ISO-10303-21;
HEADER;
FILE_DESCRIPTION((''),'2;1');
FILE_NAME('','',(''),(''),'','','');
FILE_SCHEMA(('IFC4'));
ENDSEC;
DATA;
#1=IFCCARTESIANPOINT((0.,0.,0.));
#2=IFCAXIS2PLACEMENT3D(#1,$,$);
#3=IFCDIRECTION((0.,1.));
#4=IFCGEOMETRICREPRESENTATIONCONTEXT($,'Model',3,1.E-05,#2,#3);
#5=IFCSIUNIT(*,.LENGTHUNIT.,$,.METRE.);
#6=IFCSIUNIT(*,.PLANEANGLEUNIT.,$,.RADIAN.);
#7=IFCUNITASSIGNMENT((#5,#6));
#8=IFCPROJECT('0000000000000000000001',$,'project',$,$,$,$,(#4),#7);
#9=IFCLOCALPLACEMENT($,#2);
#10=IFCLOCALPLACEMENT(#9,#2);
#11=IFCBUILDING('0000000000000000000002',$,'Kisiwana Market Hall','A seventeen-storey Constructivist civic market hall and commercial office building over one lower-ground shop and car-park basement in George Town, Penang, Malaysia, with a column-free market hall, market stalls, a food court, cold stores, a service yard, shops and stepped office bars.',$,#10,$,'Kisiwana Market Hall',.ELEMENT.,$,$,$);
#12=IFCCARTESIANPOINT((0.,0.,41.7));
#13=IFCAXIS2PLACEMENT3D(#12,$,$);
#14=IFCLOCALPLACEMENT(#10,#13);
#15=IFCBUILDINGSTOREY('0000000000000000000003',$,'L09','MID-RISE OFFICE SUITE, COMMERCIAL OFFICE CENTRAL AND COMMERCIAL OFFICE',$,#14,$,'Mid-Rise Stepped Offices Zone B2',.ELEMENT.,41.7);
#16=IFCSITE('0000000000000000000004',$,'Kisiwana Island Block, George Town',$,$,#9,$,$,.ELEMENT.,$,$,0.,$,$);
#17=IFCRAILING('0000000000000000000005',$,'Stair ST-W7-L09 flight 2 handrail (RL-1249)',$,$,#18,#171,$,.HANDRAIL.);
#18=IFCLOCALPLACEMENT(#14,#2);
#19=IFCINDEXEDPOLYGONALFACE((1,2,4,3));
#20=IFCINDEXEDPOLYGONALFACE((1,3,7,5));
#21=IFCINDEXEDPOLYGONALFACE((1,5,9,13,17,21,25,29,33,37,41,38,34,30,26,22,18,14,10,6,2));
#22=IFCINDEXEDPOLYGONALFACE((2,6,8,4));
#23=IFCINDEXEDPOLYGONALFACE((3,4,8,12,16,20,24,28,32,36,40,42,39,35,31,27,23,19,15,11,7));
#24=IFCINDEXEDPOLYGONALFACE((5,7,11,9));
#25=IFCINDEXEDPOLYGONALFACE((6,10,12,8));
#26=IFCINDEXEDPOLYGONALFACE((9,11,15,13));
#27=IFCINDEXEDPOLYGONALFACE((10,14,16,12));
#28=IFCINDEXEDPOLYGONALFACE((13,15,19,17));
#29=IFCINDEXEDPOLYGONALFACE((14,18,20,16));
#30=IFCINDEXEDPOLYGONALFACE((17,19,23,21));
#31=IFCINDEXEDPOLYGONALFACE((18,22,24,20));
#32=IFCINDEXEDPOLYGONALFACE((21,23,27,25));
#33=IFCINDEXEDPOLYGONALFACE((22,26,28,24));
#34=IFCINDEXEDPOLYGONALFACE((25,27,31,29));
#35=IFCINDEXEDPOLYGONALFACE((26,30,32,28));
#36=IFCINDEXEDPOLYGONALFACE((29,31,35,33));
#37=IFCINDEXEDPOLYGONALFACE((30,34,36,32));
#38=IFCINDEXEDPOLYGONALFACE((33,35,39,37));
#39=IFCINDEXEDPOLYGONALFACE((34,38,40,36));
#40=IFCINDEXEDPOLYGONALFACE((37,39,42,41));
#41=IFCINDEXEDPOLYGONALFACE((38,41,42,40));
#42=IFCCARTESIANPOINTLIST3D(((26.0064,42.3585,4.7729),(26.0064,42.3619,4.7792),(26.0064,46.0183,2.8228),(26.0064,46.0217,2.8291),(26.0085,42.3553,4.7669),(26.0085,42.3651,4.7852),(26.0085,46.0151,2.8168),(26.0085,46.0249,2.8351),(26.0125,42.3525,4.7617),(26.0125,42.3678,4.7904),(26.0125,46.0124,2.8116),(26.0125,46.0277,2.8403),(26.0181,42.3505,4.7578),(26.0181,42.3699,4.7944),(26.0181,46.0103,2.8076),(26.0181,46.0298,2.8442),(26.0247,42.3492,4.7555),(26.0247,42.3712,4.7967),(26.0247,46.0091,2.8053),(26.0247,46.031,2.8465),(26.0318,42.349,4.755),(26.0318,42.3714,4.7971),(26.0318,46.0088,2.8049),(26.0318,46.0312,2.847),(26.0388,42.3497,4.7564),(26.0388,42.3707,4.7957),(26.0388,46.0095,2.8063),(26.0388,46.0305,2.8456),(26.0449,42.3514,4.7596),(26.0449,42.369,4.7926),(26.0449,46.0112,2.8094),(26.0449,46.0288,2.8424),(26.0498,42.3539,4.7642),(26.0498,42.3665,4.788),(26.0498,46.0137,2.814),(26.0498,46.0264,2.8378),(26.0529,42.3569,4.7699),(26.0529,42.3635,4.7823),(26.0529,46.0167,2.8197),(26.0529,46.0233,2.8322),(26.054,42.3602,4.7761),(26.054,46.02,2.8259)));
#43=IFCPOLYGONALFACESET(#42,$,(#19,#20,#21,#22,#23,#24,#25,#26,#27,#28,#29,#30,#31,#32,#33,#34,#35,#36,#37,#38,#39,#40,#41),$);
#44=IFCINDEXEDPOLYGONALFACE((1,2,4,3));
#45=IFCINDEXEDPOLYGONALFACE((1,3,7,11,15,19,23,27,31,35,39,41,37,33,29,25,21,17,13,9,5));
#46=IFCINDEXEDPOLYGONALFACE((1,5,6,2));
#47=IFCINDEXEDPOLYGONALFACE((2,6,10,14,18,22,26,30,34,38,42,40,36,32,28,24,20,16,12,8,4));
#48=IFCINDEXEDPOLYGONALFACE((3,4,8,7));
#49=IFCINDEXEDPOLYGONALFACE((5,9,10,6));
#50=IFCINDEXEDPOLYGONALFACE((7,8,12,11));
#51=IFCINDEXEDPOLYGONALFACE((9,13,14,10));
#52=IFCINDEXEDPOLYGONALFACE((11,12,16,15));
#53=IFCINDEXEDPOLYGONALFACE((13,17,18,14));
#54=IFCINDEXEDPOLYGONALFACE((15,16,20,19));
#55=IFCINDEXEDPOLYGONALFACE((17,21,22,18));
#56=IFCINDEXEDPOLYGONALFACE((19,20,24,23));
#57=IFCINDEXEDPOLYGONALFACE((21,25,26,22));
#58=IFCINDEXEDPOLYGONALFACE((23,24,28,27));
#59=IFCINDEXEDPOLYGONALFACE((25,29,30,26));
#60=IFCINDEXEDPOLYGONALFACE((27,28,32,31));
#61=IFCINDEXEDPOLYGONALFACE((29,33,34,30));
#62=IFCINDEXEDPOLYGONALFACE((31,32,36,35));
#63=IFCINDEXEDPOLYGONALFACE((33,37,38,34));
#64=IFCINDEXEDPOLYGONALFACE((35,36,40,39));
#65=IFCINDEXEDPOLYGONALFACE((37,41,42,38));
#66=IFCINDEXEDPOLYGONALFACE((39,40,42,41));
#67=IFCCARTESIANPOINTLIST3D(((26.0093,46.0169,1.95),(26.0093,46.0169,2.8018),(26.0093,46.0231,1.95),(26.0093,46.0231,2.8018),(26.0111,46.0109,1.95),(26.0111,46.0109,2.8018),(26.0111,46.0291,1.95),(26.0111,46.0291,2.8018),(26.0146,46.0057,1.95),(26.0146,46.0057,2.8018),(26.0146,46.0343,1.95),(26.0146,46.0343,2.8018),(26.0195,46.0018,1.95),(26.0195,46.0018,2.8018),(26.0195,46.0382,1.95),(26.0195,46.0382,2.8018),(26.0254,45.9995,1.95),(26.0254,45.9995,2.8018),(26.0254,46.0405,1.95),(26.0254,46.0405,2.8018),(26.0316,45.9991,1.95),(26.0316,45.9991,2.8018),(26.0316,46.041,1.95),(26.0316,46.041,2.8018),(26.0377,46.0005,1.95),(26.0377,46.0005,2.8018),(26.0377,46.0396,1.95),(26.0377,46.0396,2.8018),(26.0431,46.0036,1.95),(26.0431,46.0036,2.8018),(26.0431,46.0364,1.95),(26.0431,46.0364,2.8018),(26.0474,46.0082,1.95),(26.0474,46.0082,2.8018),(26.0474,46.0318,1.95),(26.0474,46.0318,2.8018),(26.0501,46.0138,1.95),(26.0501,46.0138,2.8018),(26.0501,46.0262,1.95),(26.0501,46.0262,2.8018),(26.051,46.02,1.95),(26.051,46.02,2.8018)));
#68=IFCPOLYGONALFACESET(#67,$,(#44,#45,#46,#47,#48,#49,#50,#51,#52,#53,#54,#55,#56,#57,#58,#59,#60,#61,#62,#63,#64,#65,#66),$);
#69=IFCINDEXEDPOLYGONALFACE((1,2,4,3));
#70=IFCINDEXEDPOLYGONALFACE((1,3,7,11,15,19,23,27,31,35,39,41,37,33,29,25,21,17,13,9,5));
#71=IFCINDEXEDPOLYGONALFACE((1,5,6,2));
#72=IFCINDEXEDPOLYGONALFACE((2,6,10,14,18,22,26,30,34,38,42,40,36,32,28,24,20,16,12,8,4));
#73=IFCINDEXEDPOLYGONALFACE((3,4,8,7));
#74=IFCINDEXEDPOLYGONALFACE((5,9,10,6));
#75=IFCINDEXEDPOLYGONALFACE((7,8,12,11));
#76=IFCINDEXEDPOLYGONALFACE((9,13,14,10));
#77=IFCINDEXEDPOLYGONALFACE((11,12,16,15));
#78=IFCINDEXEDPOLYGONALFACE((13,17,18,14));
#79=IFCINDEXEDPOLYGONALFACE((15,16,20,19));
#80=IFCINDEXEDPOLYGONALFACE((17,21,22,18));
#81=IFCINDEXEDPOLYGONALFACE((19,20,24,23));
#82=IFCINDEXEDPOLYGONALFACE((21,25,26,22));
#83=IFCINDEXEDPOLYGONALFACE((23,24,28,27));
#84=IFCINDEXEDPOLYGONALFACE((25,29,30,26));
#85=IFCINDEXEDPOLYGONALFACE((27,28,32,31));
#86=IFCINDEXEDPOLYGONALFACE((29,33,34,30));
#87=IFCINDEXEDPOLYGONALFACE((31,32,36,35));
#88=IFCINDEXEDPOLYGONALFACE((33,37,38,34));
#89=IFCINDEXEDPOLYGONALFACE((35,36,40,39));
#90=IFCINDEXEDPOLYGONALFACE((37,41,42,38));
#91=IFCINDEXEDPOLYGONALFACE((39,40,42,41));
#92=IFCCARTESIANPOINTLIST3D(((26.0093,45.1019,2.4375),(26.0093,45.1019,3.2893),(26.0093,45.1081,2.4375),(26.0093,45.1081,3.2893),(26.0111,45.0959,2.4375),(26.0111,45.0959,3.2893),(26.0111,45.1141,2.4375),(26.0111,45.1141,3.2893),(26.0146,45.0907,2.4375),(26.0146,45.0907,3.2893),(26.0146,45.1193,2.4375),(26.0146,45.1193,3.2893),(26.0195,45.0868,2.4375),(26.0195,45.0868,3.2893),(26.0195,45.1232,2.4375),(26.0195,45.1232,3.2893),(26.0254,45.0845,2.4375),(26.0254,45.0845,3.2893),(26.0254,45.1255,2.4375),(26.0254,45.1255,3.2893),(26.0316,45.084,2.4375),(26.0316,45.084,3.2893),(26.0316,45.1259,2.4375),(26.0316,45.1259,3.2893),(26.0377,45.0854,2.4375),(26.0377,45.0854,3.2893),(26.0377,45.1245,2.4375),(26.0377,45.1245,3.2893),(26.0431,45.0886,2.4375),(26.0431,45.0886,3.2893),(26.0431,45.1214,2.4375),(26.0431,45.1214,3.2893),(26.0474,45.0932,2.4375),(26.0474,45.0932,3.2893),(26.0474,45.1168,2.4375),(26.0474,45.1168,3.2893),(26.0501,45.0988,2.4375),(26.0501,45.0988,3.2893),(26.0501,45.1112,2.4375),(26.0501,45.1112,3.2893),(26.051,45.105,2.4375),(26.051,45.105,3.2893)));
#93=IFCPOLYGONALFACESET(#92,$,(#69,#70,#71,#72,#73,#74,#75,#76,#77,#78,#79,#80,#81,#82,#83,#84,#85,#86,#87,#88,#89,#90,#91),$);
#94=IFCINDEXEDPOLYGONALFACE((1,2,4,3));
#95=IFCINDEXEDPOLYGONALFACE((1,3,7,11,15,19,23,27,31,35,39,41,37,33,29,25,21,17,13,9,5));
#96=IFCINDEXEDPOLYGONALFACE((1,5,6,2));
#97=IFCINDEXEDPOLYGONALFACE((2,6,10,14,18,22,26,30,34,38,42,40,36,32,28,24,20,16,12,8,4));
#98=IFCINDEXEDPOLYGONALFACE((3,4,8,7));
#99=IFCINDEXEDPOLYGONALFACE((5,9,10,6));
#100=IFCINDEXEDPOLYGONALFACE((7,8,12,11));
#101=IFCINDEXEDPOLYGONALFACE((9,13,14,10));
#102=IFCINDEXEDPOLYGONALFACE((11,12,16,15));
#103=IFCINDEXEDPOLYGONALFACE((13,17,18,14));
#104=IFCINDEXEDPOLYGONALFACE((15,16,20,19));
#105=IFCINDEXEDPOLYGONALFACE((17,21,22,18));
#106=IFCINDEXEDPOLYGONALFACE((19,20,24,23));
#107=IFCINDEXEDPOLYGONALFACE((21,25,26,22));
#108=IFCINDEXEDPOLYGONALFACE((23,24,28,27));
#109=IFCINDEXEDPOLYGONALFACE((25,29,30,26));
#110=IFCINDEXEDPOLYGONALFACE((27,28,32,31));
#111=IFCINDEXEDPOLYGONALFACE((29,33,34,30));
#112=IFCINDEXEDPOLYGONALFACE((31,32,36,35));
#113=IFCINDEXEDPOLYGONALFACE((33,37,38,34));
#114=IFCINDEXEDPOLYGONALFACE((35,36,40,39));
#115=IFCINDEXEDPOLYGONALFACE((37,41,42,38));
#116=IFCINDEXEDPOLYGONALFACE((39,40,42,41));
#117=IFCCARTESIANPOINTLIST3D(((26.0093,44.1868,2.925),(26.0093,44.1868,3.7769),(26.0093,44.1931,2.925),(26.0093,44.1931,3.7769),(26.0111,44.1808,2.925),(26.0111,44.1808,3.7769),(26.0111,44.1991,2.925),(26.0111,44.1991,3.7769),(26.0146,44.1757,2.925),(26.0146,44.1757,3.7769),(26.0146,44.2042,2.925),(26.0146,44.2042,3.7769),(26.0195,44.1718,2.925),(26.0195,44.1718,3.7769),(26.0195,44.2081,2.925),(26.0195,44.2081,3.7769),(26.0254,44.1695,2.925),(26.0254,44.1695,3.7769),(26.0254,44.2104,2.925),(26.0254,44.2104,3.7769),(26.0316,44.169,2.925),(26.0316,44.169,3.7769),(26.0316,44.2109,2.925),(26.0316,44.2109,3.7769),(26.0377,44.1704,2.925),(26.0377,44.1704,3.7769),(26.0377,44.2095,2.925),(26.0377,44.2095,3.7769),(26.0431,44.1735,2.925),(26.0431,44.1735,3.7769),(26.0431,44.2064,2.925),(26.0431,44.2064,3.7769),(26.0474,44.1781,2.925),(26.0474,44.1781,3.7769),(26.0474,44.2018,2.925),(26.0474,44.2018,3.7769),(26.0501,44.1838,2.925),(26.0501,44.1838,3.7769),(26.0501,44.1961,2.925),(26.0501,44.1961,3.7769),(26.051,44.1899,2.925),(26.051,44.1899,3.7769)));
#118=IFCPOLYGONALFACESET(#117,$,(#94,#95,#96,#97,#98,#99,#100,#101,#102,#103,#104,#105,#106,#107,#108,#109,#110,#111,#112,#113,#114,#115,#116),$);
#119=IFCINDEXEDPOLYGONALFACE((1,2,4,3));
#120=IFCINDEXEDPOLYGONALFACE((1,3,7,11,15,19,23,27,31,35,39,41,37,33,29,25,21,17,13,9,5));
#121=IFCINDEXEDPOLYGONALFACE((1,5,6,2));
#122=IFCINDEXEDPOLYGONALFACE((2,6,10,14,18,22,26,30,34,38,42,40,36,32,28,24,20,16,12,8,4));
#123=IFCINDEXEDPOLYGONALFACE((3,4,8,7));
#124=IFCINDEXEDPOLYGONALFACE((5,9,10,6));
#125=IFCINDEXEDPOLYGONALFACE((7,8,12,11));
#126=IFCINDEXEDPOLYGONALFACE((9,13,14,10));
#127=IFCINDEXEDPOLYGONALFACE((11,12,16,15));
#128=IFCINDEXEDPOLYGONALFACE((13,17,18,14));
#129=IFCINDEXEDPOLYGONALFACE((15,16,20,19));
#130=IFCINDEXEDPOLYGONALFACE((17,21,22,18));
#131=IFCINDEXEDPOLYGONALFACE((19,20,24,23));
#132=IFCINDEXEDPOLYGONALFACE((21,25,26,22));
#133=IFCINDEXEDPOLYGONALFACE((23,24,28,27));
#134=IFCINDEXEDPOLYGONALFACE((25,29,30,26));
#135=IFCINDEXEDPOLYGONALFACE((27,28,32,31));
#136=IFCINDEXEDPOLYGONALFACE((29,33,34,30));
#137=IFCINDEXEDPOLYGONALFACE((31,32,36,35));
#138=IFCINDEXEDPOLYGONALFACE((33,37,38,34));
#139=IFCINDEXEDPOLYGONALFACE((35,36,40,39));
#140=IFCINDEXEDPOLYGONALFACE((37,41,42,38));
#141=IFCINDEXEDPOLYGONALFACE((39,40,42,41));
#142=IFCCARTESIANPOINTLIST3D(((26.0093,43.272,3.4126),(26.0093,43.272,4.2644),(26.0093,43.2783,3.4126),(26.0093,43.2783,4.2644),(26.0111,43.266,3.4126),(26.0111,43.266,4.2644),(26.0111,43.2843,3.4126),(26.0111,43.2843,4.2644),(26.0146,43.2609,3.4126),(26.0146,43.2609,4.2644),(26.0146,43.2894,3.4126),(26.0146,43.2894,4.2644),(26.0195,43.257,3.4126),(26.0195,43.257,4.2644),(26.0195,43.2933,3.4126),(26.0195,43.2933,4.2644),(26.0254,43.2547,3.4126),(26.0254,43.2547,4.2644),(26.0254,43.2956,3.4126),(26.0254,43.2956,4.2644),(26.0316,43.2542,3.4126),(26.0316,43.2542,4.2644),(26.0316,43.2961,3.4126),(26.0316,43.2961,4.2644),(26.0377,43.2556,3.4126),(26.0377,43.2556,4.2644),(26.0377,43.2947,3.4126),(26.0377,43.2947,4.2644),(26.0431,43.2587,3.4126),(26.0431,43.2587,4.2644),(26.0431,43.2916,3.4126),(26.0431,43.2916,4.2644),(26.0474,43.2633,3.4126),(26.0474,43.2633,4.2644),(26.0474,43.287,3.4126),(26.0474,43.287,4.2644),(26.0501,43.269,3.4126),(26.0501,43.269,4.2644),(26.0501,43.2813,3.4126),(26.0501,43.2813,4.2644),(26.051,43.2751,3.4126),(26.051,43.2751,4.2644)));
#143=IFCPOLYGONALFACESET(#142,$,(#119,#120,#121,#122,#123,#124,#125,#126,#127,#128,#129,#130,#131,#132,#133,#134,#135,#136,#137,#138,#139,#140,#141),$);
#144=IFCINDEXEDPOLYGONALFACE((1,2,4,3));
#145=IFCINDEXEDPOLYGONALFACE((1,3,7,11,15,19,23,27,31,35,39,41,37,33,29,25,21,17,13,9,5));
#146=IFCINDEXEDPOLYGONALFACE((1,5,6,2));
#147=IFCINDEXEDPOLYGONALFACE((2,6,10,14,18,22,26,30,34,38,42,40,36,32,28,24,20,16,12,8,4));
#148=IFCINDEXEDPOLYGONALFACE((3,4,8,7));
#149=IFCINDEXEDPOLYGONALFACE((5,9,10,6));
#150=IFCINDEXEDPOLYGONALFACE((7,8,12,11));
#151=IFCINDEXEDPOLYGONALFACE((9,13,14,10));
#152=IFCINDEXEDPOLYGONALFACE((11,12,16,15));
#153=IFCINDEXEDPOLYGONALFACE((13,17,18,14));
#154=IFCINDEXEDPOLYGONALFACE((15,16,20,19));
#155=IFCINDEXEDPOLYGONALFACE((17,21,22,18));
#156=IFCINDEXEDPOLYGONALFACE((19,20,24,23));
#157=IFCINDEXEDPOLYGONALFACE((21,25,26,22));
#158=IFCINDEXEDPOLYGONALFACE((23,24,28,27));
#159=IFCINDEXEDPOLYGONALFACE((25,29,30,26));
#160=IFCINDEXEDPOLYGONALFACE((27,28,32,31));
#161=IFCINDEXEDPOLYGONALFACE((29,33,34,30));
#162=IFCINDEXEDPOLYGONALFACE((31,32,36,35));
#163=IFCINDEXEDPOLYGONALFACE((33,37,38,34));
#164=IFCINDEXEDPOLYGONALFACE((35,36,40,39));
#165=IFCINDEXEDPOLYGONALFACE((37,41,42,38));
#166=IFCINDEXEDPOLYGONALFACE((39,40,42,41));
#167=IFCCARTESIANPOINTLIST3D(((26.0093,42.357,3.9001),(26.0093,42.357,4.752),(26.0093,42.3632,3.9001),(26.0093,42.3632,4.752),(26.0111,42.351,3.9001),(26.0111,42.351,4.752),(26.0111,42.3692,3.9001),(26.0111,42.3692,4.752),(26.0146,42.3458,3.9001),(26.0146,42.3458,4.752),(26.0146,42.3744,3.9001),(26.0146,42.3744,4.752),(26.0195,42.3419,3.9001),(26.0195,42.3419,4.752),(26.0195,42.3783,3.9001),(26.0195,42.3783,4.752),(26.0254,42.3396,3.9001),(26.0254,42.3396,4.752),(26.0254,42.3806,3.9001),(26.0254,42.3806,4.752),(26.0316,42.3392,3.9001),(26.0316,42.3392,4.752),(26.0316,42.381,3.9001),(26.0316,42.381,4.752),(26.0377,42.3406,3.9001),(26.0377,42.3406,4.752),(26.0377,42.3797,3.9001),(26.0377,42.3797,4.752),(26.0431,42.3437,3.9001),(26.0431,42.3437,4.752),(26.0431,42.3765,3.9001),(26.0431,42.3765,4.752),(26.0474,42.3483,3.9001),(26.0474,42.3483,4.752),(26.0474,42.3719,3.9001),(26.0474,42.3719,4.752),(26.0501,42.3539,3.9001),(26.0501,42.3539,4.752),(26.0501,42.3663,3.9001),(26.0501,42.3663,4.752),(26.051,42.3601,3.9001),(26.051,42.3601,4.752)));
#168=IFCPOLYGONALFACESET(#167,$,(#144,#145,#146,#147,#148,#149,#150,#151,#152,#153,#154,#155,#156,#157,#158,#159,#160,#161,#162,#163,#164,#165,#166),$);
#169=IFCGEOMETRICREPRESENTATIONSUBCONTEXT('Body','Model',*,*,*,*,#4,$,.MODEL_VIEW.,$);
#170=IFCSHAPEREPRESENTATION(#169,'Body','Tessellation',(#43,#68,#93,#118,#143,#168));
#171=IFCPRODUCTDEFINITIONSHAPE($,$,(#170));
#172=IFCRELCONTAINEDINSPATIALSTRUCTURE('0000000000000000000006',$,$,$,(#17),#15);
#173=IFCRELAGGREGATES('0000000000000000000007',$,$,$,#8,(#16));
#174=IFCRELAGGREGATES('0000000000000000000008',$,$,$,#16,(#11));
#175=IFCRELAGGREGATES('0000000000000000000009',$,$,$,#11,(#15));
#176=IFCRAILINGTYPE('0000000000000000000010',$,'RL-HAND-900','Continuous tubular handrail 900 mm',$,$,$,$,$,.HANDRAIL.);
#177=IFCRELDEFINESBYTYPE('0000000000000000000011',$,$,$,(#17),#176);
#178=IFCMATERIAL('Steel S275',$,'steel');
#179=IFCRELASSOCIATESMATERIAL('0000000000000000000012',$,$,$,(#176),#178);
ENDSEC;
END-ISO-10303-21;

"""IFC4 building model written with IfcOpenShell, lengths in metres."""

from ifc_helpers import new_model, si_unit, direction, frame, origin, origin_2d, place, context, subcontext, project, spatial, circle, extrude, material, type_object, element, save


model = new_model("IFC4")

# Units and contexts
model_context = context("Model", 3, precision=1e-05, world=origin(), true_north=direction((0.0, 1.0)))
body_context = subcontext(model_context, "Body", "Model", "MODEL_VIEW")
ifc_project = project(units=[si_unit("LENGTHUNIT", "METRE"), si_unit("PLANEANGLEUNIT", "RADIAN")], contexts=[model_context])

# Site, building, storey
site_placement = place(None, origin())
site = spatial("IfcSite", under=ifc_project, at=site_placement, Name="Kisiwana Island Block, George Town", CompositionType="ELEMENT", RefElevation=0.0)
building_placement = place(site_placement, origin())
building = spatial("IfcBuilding", under=site, at=building_placement, Name="Kisiwana Market Hall", Description="A seventeen-storey Constructivist civic market hall and commercial office building over one lower-ground shop and car-park basement in George Town, Penang, Malaysia, with a column-free market hall, market stalls, a food court, cold stores, a service yard, shops and stepped office bars.", LongName="Kisiwana Market Hall", CompositionType="ELEMENT")
storey_placement = place(building_placement, frame((0.0, 0.0, 41.7)))
storey = spatial("IfcBuildingStorey", under=building, at=storey_placement, Name="L09", Description="MID-RISE OFFICE SUITE, COMMERCIAL OFFICE CENTRAL AND COMMERCIAL OFFICE", LongName="Mid-Rise Stepped Offices Zone B2", CompositionType="ELEMENT", Elevation=41.7)

# Railing
ifc_material_1 = material(Name="Steel S275", Category="steel")
railing_type_1 = type_object("IfcRailingType", Name="RL-HAND-900", Description="Continuous tubular handrail 900 mm", PredefinedType="HANDRAIL", material=ifc_material_1)
railing_1_placement = place(storey_placement, frame((26.03, 46.02, 1.95)))
element("IfcRailing", 1, at=railing_1_placement, inside=storey, type_object=railing_type_1, Name="Stair ST-W7-L09 flight 2 handrail (RL-1249)", PredefinedType="HANDRAIL", context=body_context, shape_type="SweptSolid", body=[
    extrude(circle(Radius=0.0239, at=origin_2d()), frame((0.0, 0.0, 0.876), z_axis=(0.0, -0.882529, 0.470258), x_axis=(1.0, 0.0, 0.0)), (0.0, 0.0, 1.0), 4.147),
    extrude(circle(Radius=0.021, at=origin_2d()), origin(), (0.0, 0.0, 1.0), 0.8518),
    extrude(circle(Radius=0.021, at=origin_2d()), frame((0.0, -0.915, 0.4875)), (0.0, 0.0, 1.0), 0.8518),
    extrude(circle(Radius=0.021, at=origin_2d()), frame((0.0, -1.8301, 0.9751)), (0.0, 0.0, 1.0), 0.8518),
    extrude(circle(Radius=0.021, at=origin_2d()), frame((0.0, -2.7449, 1.4626)), (0.0, 0.0, 1.0), 0.8518),
    extrude(circle(Radius=0.021, at=origin_2d()), frame((0.0, -3.6599, 1.9502)), (0.0, 0.0, 1.0), 0.8518),
])

save(model, "model.ifc")
